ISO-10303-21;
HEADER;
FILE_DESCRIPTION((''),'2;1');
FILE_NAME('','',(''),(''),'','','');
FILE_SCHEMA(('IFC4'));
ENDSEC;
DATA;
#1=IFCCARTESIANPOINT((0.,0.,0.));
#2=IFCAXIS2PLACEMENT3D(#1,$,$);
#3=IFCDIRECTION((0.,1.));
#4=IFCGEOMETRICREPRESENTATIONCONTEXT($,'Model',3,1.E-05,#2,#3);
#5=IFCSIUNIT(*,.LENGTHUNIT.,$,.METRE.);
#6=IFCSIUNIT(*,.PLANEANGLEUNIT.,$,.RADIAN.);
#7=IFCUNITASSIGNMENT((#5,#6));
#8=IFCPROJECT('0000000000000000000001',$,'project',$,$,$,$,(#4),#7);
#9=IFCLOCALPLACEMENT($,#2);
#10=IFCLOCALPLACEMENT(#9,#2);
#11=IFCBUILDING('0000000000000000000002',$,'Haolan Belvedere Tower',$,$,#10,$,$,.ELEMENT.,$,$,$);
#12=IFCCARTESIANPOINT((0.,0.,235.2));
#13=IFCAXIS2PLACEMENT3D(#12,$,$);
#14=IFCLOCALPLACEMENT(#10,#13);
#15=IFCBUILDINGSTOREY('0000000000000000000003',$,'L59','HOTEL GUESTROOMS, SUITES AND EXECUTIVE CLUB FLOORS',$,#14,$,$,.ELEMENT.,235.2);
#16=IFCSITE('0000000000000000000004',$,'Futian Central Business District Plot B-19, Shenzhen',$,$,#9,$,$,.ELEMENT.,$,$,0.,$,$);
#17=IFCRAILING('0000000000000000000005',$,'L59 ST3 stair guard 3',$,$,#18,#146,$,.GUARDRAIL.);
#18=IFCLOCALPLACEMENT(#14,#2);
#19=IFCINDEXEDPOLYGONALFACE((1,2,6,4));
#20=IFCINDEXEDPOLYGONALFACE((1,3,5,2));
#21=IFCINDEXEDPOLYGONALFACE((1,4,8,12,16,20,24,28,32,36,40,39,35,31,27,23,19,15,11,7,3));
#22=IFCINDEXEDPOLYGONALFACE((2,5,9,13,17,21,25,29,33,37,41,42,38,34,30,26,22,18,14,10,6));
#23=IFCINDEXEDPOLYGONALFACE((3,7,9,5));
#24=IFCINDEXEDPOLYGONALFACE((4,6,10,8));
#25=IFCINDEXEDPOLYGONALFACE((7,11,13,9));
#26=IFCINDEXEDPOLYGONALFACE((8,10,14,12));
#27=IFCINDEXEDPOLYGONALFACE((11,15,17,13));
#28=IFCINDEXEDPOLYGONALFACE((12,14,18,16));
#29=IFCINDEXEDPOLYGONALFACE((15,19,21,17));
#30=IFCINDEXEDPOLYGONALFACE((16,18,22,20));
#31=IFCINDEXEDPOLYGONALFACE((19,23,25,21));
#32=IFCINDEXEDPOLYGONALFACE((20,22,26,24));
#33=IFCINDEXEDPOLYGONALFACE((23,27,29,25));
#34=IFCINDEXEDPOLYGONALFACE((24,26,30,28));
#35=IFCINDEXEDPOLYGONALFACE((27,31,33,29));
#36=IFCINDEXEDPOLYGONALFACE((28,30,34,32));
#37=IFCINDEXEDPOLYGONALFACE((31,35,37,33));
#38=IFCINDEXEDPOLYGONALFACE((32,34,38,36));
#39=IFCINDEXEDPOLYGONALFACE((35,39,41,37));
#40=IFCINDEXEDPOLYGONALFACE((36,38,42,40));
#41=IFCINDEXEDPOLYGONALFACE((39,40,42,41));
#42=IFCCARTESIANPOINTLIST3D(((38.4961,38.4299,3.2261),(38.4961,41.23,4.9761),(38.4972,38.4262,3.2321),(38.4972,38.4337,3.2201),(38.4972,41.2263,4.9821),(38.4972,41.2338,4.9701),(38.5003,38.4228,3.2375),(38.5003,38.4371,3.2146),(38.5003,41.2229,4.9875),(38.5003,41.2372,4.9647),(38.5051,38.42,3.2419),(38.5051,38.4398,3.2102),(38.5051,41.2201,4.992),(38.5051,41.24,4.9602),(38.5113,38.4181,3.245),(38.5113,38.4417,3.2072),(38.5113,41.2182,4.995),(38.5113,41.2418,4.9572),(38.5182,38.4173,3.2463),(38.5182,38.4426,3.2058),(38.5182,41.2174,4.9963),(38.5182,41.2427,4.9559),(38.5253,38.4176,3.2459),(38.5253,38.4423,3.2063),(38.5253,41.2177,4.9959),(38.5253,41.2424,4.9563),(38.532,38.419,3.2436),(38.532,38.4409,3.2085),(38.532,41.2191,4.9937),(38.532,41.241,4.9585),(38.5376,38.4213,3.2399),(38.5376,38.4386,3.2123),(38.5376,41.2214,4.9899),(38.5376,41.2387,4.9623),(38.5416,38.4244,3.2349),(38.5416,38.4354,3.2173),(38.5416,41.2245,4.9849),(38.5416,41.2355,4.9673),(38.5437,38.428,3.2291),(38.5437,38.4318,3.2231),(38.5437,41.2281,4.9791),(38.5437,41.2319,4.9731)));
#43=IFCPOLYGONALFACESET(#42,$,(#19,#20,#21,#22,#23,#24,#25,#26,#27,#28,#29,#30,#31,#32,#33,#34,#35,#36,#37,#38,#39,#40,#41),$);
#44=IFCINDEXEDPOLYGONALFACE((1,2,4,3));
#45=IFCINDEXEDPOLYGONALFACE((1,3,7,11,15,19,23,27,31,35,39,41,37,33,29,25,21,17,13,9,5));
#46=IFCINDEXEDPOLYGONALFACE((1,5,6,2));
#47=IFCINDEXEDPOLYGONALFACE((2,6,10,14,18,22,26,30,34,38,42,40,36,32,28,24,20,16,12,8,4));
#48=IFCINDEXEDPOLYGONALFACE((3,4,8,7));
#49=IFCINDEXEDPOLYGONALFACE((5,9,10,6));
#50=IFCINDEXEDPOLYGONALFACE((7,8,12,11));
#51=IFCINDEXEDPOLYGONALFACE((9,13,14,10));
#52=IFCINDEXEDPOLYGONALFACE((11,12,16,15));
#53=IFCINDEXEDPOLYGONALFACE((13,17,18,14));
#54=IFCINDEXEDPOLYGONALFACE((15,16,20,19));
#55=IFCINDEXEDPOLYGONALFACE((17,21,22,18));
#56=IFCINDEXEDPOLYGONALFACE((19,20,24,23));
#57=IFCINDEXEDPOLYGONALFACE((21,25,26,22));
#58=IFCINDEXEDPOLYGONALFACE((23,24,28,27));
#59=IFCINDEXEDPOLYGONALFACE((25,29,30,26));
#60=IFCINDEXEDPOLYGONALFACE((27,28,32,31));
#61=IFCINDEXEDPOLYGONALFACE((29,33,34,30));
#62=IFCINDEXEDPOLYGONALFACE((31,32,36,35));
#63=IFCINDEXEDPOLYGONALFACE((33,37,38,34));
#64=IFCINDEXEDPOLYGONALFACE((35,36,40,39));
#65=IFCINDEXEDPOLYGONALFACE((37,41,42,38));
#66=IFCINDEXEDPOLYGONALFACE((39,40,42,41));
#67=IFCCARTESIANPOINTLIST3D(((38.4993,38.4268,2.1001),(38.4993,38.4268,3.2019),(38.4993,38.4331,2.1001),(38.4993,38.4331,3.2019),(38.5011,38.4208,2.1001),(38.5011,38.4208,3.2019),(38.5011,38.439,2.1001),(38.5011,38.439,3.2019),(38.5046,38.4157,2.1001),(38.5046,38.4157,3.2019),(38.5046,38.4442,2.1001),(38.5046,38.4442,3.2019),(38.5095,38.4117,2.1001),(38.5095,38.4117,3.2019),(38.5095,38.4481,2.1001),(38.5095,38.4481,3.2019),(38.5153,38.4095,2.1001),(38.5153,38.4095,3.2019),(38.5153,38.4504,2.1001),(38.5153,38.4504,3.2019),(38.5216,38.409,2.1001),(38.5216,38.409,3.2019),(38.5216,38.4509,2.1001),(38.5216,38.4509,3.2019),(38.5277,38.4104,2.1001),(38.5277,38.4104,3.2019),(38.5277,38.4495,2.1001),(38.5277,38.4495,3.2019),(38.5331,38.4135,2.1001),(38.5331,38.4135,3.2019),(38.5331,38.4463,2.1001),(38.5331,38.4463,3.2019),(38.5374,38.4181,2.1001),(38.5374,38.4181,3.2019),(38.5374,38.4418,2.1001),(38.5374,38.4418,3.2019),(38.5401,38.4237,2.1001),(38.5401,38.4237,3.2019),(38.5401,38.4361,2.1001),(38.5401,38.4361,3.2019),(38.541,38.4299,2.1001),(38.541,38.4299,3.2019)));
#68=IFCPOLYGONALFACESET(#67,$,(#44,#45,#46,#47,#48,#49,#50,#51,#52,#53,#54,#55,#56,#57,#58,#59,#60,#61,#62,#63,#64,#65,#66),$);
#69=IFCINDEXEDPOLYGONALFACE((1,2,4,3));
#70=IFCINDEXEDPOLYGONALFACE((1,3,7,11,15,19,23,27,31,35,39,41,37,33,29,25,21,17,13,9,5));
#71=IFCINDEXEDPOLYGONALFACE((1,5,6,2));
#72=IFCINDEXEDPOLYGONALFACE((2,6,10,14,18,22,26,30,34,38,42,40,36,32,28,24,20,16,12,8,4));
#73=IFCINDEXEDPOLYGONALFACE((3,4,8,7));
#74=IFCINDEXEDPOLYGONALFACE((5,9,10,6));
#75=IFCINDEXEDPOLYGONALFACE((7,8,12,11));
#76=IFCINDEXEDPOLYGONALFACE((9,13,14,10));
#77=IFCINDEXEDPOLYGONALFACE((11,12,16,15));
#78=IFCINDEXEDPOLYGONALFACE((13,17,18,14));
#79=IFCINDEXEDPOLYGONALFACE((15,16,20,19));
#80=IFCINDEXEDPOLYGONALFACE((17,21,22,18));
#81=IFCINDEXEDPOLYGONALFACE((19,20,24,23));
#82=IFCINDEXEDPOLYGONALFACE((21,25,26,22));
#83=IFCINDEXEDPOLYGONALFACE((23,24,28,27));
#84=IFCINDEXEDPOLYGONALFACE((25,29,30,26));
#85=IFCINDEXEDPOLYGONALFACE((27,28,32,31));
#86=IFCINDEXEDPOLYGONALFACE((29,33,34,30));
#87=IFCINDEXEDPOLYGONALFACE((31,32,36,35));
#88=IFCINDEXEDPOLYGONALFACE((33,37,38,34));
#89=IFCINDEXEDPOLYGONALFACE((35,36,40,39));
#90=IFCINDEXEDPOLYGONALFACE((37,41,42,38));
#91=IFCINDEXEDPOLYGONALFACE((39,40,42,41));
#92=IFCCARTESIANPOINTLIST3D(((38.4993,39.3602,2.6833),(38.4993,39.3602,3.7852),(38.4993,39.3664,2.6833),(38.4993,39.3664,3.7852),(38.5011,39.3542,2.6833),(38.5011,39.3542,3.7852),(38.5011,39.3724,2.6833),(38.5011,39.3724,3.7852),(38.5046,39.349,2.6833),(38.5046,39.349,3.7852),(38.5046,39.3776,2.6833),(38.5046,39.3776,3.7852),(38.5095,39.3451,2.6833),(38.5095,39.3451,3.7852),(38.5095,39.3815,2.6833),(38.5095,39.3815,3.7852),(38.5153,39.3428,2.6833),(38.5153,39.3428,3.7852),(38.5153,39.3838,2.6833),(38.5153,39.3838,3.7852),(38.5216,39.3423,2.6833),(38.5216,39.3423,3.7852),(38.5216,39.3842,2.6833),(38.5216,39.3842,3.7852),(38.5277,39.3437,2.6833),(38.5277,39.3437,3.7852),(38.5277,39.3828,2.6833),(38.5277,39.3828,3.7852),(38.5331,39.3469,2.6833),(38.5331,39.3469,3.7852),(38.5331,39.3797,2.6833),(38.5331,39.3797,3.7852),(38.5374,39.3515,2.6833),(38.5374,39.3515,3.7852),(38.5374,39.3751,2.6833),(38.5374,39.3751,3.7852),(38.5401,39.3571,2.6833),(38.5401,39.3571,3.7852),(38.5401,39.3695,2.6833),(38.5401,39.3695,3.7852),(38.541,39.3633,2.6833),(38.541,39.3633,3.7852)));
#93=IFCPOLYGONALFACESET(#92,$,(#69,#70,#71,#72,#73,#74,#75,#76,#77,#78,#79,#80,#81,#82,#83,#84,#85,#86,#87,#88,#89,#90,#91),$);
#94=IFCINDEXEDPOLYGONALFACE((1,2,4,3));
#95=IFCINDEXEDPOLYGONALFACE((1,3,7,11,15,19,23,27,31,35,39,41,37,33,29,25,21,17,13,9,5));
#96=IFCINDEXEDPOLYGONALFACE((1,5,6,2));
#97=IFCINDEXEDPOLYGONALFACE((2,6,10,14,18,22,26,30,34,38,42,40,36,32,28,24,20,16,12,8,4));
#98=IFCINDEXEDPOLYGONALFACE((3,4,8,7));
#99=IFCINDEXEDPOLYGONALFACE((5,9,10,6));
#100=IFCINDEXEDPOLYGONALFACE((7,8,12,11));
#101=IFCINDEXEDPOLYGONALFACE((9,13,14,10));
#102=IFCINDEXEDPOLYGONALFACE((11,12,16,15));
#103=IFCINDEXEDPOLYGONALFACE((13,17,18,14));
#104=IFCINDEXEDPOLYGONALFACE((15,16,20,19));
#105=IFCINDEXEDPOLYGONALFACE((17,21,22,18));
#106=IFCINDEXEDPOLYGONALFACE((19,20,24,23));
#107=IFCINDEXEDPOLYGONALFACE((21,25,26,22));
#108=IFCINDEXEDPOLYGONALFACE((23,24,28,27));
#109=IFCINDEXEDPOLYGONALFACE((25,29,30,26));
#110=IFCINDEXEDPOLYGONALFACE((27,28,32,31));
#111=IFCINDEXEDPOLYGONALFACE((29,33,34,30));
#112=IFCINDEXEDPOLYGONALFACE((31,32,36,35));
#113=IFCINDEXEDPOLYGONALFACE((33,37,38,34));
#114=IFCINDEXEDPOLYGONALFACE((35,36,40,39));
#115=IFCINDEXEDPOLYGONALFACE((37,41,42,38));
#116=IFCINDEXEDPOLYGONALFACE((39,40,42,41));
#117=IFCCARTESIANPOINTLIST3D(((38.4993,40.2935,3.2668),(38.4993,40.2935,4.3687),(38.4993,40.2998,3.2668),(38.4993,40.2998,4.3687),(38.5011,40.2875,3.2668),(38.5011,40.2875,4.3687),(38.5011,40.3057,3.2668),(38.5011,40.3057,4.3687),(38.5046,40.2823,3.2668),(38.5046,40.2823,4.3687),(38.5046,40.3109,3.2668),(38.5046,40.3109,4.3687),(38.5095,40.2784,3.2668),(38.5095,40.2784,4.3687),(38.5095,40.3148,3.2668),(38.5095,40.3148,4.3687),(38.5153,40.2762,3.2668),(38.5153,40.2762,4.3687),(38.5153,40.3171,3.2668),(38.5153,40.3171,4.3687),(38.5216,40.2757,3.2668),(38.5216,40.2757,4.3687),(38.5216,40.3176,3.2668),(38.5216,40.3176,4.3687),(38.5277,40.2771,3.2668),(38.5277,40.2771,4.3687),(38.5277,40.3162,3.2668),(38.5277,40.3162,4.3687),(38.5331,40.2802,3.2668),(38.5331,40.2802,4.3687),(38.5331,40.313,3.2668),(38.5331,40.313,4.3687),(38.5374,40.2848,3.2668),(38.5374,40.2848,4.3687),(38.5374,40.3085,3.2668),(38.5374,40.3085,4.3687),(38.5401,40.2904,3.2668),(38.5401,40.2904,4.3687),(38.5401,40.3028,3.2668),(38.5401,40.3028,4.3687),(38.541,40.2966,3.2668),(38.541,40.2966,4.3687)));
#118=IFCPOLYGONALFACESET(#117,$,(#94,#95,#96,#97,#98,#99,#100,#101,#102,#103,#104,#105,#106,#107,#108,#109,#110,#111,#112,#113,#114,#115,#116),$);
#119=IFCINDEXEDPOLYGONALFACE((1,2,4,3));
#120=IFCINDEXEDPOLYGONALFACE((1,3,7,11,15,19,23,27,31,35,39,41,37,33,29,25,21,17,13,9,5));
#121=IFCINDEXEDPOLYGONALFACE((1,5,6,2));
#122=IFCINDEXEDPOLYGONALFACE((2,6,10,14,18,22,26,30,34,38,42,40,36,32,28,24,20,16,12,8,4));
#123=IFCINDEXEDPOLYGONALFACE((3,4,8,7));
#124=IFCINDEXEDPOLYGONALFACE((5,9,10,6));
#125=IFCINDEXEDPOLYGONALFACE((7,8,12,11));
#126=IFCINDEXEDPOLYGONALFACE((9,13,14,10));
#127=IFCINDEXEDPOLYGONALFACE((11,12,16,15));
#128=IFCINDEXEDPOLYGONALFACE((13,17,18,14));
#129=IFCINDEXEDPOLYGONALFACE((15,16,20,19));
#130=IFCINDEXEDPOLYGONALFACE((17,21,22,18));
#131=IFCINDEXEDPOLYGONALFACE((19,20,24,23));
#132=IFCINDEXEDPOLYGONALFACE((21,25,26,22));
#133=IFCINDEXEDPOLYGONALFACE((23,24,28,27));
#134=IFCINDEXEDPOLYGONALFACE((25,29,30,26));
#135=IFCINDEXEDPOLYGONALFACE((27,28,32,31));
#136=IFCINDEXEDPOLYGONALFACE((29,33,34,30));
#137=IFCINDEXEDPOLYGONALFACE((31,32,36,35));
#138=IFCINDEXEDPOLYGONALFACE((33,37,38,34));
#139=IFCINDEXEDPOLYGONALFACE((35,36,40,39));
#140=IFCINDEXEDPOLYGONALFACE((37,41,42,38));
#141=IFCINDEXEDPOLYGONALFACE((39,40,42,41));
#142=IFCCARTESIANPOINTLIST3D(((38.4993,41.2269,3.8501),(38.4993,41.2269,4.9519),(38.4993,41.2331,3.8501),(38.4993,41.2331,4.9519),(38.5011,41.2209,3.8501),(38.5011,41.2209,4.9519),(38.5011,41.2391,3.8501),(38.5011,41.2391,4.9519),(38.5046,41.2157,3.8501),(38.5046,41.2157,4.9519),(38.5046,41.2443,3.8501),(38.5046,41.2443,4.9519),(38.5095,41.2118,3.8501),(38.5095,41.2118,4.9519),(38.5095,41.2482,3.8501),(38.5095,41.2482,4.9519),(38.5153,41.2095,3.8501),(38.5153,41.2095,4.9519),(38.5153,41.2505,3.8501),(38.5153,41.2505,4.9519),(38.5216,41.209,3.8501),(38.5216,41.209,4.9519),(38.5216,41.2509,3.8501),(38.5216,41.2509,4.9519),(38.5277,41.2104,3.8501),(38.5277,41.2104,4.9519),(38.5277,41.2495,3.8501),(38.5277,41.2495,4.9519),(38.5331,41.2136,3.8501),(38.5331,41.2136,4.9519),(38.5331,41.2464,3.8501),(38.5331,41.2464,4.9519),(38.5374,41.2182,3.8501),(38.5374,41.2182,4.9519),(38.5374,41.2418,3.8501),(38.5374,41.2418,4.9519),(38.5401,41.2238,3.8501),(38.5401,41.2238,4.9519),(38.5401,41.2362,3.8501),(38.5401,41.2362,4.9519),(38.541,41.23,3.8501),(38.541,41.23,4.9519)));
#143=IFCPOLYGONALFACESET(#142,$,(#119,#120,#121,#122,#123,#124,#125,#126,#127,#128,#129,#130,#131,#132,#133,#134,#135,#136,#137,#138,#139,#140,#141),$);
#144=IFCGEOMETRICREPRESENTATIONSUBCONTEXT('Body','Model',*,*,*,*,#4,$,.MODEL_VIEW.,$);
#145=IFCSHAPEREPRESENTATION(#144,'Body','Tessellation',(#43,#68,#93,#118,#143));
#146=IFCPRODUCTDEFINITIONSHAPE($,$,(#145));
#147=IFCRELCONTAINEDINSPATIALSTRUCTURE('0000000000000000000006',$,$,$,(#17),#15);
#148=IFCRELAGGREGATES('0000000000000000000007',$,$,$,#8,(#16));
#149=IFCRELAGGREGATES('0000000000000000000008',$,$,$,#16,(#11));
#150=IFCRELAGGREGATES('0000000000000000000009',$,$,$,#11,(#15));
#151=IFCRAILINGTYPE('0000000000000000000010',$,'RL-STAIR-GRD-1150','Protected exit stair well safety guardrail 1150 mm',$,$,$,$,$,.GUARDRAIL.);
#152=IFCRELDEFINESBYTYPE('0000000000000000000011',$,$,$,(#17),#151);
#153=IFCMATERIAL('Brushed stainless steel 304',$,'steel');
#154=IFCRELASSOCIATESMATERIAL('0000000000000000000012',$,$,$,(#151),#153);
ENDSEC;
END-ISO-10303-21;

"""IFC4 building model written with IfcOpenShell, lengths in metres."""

from ifc_helpers import new_model, si_unit, direction, frame, origin, origin_2d, place, context, subcontext, project, spatial, circle, extrude, material, type_object, element, save


model = new_model("IFC4")

# Units and contexts
model_context = context("Model", 3, precision=1e-05, world=origin(), true_north=direction((0.0, 1.0)))
body_context = subcontext(model_context, "Body", "Model", "MODEL_VIEW")
ifc_project = project(units=[si_unit("LENGTHUNIT", "METRE"), si_unit("PLANEANGLEUNIT", "RADIAN")], contexts=[model_context])

# Site, building, storey
site_placement = place(None, origin())
site = spatial("IfcSite", under=ifc_project, at=site_placement, Name="Futian Central Business District Plot B-19, Shenzhen", CompositionType="ELEMENT", RefElevation=0.0)
building_placement = place(site_placement, origin())
building = spatial("IfcBuilding", under=site, at=building_placement, Name="Haolan Belvedere Tower", CompositionType="ELEMENT")
storey_placement = place(building_placement, frame((0.0, 0.0, 235.2)))
storey = spatial("IfcBuildingStorey", under=building, at=storey_placement, Name="L59", Description="HOTEL GUESTROOMS, SUITES AND EXECUTIVE CLUB FLOORS", CompositionType="ELEMENT", Elevation=235.2)

# Railing
ifc_material_1 = material(Name="Brushed stainless steel 304", Category="steel")
railing_type_1 = type_object("IfcRailingType", Name="RL-STAIR-GRD-1150", Description="Protected exit stair well safety guardrail 1150 mm", PredefinedType="GUARDRAIL", material=ifc_material_1)
railing_1_placement = place(storey_placement, frame((38.52, 38.4299, 2.1001)))
element("IfcRailing", 1, at=railing_1_placement, inside=storey, type_object=railing_type_1, Name="L59 ST3 stair guard 3", PredefinedType="GUARDRAIL", context=body_context, shape_type="SweptSolid", body=[
    extrude(circle(Radius=0.0239, at=origin_2d()), frame((0.0, 0.0, 1.126), z_axis=(0.0, 0.848002, 0.529992), x_axis=(-1.0, 0.0, 0.0)), (0.0, 0.0, 1.0), 3.302),
    extrude(circle(Radius=0.021, at=origin_2d()), origin(), (0.0, 0.0, 1.0), 1.1018),
    extrude(circle(Radius=0.021, at=origin_2d()), frame((0.0, 0.9333, 0.5833)), (0.0, 0.0, 1.0), 1.1018),
    extrude(circle(Radius=0.021, at=origin_2d()), frame((0.0, 1.8667, 1.1667)), (0.0, 0.0, 1.0), 1.1018),
    extrude(circle(Radius=0.021, at=origin_2d()), frame((0.0, 2.8, 1.75)), (0.0, 0.0, 1.0), 1.1018),
])

save(model, "model.ifc")
